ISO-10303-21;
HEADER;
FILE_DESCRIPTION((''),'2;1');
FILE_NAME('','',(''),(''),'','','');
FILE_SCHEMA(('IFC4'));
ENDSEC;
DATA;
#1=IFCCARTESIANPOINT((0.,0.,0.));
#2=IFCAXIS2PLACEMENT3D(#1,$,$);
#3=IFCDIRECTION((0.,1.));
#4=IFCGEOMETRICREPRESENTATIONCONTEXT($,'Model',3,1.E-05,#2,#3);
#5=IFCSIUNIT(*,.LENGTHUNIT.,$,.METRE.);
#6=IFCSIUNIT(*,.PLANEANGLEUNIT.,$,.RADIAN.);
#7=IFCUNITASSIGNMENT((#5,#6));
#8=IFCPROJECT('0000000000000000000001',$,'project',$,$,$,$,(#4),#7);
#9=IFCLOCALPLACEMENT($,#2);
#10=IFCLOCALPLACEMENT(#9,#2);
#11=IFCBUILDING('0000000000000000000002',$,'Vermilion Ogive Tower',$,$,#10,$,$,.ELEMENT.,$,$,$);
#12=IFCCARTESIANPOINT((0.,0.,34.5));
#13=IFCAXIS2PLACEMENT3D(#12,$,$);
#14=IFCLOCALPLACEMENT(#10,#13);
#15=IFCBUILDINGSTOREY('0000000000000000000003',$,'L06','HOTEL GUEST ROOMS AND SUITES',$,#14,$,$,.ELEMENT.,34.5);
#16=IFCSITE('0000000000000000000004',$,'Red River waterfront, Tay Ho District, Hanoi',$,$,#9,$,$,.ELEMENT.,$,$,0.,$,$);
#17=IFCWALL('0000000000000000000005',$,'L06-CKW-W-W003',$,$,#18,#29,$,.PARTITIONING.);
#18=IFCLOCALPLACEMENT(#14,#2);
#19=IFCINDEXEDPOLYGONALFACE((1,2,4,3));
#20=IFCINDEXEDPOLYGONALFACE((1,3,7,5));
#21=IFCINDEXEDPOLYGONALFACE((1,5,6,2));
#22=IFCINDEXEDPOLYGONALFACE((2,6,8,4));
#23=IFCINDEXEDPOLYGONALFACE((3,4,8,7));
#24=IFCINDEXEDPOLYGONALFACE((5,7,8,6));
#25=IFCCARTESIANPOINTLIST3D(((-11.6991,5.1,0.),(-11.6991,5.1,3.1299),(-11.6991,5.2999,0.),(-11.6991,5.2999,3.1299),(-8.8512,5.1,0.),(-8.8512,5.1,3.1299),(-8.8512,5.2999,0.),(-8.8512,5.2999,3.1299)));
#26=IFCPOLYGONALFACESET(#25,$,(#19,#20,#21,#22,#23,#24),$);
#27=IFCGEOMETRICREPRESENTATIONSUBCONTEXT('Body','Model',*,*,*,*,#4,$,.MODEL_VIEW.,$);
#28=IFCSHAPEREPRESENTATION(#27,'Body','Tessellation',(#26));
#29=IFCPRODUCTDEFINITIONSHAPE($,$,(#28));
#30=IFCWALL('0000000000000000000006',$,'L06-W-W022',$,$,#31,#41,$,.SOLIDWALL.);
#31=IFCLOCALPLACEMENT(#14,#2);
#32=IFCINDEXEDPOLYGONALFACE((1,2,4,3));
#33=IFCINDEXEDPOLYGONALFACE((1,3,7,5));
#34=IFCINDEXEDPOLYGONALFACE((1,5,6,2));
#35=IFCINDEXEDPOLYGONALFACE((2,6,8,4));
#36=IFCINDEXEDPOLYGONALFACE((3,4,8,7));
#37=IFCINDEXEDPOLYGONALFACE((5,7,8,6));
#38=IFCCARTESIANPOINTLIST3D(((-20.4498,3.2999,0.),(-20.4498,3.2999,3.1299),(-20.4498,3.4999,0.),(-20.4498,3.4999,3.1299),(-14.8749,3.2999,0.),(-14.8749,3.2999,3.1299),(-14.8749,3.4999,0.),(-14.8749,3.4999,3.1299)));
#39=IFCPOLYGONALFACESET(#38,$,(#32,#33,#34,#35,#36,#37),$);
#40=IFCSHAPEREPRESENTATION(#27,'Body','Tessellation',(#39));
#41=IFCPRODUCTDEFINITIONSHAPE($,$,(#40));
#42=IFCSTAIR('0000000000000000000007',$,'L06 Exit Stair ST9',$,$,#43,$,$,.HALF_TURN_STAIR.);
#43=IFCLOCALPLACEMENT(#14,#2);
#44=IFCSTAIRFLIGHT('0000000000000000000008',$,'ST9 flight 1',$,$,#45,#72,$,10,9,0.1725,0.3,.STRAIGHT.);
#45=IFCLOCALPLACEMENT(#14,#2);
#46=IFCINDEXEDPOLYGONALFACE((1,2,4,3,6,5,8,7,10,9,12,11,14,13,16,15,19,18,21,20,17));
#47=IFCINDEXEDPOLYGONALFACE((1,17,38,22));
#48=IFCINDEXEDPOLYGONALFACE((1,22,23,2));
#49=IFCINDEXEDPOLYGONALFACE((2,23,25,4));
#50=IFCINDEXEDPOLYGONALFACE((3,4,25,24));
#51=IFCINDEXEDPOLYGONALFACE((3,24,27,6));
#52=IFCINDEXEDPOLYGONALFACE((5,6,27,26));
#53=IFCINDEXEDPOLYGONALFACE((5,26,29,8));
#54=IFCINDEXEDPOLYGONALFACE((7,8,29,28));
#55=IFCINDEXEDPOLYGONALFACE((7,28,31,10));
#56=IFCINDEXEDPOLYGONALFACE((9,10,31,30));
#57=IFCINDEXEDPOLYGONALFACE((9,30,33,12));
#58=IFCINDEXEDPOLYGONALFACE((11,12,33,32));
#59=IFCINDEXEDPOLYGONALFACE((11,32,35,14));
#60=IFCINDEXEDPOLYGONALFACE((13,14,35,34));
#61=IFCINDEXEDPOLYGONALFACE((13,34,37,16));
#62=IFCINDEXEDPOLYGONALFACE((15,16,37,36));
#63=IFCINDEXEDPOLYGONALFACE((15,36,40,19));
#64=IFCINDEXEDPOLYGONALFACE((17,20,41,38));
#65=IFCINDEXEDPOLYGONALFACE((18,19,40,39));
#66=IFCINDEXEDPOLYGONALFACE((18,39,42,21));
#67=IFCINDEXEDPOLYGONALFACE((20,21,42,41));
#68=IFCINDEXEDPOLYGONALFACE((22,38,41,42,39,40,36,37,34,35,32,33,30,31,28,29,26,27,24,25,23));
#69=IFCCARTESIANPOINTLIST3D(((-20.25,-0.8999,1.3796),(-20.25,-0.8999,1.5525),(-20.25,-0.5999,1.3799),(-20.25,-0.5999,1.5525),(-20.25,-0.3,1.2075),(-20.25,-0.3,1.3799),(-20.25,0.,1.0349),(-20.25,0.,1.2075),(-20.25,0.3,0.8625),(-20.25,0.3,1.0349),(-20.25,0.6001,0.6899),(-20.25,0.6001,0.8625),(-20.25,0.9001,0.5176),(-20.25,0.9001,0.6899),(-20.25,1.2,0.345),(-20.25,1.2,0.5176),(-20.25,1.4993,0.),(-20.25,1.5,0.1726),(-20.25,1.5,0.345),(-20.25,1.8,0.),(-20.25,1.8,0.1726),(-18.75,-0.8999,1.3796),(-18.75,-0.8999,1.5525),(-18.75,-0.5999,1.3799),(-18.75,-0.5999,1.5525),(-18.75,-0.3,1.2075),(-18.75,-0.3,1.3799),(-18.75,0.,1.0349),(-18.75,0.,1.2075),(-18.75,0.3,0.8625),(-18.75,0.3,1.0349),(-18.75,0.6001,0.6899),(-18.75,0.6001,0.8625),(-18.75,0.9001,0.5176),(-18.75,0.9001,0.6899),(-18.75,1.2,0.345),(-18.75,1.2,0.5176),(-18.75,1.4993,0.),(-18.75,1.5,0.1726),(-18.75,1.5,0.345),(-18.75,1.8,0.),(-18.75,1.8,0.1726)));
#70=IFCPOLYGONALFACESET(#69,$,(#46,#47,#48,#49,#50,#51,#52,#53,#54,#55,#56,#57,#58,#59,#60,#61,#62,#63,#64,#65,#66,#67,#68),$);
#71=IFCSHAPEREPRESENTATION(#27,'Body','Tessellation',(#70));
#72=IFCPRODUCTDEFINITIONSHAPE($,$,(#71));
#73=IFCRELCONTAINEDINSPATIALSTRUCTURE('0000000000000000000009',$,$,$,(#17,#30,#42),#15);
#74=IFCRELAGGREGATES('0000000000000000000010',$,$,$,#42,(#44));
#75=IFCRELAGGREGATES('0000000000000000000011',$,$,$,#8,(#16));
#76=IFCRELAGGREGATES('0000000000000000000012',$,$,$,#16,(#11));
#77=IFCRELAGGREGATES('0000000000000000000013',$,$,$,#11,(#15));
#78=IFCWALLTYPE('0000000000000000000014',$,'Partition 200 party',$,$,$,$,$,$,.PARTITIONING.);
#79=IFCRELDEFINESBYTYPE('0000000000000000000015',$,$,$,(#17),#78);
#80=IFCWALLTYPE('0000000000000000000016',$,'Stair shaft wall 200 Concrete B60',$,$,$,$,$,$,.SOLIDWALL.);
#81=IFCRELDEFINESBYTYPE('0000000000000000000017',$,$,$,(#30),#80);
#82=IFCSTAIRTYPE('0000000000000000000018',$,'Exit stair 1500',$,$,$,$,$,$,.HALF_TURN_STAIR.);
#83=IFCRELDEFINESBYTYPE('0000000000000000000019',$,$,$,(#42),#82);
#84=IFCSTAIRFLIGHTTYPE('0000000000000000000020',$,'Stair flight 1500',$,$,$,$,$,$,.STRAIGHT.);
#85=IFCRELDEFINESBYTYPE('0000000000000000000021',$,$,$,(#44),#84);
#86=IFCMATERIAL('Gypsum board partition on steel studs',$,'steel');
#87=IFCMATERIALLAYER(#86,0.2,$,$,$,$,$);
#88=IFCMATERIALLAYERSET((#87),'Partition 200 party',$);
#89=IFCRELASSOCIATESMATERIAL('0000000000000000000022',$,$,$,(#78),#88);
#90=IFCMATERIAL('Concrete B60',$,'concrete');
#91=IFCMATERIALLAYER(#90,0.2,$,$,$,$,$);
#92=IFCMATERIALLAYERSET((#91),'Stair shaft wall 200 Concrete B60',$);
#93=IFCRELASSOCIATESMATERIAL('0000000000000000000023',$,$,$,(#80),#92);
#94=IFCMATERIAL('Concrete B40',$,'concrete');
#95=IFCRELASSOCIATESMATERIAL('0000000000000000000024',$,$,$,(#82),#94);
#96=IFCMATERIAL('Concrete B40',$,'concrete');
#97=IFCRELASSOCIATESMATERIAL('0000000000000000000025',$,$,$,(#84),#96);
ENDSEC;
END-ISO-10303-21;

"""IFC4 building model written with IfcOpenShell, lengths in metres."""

from ifc_helpers import new_model, si_unit, direction, frame, frame_2d, origin, place, context, subcontext, project, spatial, polyline, rectangle, outline, extrude, material, layer, layer_set, type_object, element, aggregate, save


model = new_model("IFC4")

# Units and contexts
model_context = context("Model", 3, precision=1e-05, world=origin(), true_north=direction((0.0, 1.0)))
body_context = subcontext(model_context, "Body", "Model", "MODEL_VIEW")
ifc_project = project(units=[si_unit("LENGTHUNIT", "METRE"), si_unit("PLANEANGLEUNIT", "RADIAN")], contexts=[model_context])

# Site, building, storey
site_placement = place(None, origin())
site = spatial("IfcSite", under=ifc_project, at=site_placement, Name="Red River waterfront, Tay Ho District, Hanoi", CompositionType="ELEMENT", RefElevation=0.0)
building_placement = place(site_placement, origin())
building = spatial("IfcBuilding", under=site, at=building_placement, Name="Vermilion Ogive Tower", CompositionType="ELEMENT")
storey_placement = place(building_placement, frame((0.0, 0.0, 34.5)))
storey = spatial("IfcBuildingStorey", under=building, at=storey_placement, Name="L06", Description="HOTEL GUEST ROOMS AND SUITES", CompositionType="ELEMENT", Elevation=34.5)

# Walls
ifc_material_1 = material(Name="Gypsum board partition on steel studs", Category="steel")
ifc_layer_1 = layer(ifc_material_1, 0.2)
ifc_layer_set_1 = layer_set([ifc_layer_1], Name="Partition 200 party")
wall_type_1 = type_object("IfcWallType", Name="Partition 200 party", PredefinedType="PARTITIONING", material=ifc_layer_set_1)
for number, where, z_axis, x_axis, name in (
    (1, (-11.699, 5.2, 0.0), (0.0, 0.0, 1.0), (1.0, 0.0, 0.0), "L06-CKW-W-W003"),
):
    element("IfcWall", number, at=place(storey_placement, frame(where, z_axis=z_axis, x_axis=x_axis)), inside=storey, type_object=wall_type_1, Name=name, PredefinedType="PARTITIONING", context=body_context, shape_type="SweptSolid", body=[
        extrude(rectangle(XDim=2.8479, YDim=0.2, at=frame_2d((1.4238, 0.0))), origin(), (0.0, 0.0, 1.0), 3.1299),
    ])
ifc_material_2 = material(Name="Concrete B60", Category="concrete")
ifc_layer_2 = layer(ifc_material_2, 0.2)
ifc_layer_set_2 = layer_set([ifc_layer_2], Name="Stair shaft wall 200 Concrete B60")
wall_type_2 = type_object("IfcWallType", Name="Stair shaft wall 200 Concrete B60", PredefinedType="SOLIDWALL", material=ifc_layer_set_2)
wall_1_placement = place(storey_placement, frame((-20.45, 3.3999, 0.0), z_axis=(0.0, 0.0, 1.0), x_axis=(1.0, 0.0, 0.0)))
element("IfcWall", 2, at=wall_1_placement, inside=storey, type_object=wall_type_2, Name="L06-W-W022", PredefinedType="SOLIDWALL", context=body_context, shape_type="SweptSolid", body=[
    extrude(rectangle(XDim=5.575, YDim=0.2, at=frame_2d((2.7876, 0.0))), origin(), (0.0, 0.0, 1.0), 3.1299),
])

# Stair, stair flight
ifc_material_3 = material(Name="Concrete B40", Category="concrete")
stair_type = type_object("IfcStairType", Name="Exit stair 1500", PredefinedType="HALF_TURN_STAIR", material=ifc_material_3)
stair_placement = place(storey_placement, origin())
stair = element("IfcStair", 3, at=stair_placement, inside=storey, type_object=stair_type, Name="L06 Exit Stair ST9", PredefinedType="HALF_TURN_STAIR")
ifc_material_4 = material(Name="Concrete B40", Category="concrete")
stair_flight_type = type_object("IfcStairFlightType", Name="Stair flight 1500", PredefinedType="STRAIGHT", material=ifc_material_4)
stair_flight_placement = place(storey_placement, frame((-19.5, 1.8, 0.0), z_axis=(0.0, 0.0, 1.0), x_axis=(0.0, -1.0, 0.0)))
stair_flight = element("IfcStairFlight", 4, at=stair_flight_placement, type_object=stair_flight_type, Name="ST9 flight 1", NumberOfRisers=10, NumberOfTreads=9, PredefinedType="STRAIGHT", RiserHeight=0.1725, TreadLength=0.3, context=body_context, shape_type="SweptSolid", body=[
    extrude(outline(polyline([(0.0, 0.0), (0.0, 0.1726), (0.3, 0.1726), (0.3, 0.345), (0.6001, 0.345), (0.6001, 0.5176), (0.8999, 0.5176), (0.8999, 0.6899), (1.2, 0.6899), (1.2, 0.8625), (1.5, 0.8625), (1.5, 1.0349), (1.8, 1.0349), (1.8, 1.2075), (2.1001, 1.2075), (2.1001, 1.3799), (2.3999, 1.3799), (2.3999, 1.5525), (2.7, 1.5525), (2.7, 1.7251), (2.7, 1.3796), (0.3008, 0.0), (0.0, 0.0)])), frame((0.0, 0.75, 0.0), z_axis=(0.0, -1.0, 0.0), x_axis=(1.0, 0.0, 0.0)), (0.0, 0.0, 1.0), 1.5),
])
aggregate(stair, [stair_flight])

save(model, "model.ifc")
